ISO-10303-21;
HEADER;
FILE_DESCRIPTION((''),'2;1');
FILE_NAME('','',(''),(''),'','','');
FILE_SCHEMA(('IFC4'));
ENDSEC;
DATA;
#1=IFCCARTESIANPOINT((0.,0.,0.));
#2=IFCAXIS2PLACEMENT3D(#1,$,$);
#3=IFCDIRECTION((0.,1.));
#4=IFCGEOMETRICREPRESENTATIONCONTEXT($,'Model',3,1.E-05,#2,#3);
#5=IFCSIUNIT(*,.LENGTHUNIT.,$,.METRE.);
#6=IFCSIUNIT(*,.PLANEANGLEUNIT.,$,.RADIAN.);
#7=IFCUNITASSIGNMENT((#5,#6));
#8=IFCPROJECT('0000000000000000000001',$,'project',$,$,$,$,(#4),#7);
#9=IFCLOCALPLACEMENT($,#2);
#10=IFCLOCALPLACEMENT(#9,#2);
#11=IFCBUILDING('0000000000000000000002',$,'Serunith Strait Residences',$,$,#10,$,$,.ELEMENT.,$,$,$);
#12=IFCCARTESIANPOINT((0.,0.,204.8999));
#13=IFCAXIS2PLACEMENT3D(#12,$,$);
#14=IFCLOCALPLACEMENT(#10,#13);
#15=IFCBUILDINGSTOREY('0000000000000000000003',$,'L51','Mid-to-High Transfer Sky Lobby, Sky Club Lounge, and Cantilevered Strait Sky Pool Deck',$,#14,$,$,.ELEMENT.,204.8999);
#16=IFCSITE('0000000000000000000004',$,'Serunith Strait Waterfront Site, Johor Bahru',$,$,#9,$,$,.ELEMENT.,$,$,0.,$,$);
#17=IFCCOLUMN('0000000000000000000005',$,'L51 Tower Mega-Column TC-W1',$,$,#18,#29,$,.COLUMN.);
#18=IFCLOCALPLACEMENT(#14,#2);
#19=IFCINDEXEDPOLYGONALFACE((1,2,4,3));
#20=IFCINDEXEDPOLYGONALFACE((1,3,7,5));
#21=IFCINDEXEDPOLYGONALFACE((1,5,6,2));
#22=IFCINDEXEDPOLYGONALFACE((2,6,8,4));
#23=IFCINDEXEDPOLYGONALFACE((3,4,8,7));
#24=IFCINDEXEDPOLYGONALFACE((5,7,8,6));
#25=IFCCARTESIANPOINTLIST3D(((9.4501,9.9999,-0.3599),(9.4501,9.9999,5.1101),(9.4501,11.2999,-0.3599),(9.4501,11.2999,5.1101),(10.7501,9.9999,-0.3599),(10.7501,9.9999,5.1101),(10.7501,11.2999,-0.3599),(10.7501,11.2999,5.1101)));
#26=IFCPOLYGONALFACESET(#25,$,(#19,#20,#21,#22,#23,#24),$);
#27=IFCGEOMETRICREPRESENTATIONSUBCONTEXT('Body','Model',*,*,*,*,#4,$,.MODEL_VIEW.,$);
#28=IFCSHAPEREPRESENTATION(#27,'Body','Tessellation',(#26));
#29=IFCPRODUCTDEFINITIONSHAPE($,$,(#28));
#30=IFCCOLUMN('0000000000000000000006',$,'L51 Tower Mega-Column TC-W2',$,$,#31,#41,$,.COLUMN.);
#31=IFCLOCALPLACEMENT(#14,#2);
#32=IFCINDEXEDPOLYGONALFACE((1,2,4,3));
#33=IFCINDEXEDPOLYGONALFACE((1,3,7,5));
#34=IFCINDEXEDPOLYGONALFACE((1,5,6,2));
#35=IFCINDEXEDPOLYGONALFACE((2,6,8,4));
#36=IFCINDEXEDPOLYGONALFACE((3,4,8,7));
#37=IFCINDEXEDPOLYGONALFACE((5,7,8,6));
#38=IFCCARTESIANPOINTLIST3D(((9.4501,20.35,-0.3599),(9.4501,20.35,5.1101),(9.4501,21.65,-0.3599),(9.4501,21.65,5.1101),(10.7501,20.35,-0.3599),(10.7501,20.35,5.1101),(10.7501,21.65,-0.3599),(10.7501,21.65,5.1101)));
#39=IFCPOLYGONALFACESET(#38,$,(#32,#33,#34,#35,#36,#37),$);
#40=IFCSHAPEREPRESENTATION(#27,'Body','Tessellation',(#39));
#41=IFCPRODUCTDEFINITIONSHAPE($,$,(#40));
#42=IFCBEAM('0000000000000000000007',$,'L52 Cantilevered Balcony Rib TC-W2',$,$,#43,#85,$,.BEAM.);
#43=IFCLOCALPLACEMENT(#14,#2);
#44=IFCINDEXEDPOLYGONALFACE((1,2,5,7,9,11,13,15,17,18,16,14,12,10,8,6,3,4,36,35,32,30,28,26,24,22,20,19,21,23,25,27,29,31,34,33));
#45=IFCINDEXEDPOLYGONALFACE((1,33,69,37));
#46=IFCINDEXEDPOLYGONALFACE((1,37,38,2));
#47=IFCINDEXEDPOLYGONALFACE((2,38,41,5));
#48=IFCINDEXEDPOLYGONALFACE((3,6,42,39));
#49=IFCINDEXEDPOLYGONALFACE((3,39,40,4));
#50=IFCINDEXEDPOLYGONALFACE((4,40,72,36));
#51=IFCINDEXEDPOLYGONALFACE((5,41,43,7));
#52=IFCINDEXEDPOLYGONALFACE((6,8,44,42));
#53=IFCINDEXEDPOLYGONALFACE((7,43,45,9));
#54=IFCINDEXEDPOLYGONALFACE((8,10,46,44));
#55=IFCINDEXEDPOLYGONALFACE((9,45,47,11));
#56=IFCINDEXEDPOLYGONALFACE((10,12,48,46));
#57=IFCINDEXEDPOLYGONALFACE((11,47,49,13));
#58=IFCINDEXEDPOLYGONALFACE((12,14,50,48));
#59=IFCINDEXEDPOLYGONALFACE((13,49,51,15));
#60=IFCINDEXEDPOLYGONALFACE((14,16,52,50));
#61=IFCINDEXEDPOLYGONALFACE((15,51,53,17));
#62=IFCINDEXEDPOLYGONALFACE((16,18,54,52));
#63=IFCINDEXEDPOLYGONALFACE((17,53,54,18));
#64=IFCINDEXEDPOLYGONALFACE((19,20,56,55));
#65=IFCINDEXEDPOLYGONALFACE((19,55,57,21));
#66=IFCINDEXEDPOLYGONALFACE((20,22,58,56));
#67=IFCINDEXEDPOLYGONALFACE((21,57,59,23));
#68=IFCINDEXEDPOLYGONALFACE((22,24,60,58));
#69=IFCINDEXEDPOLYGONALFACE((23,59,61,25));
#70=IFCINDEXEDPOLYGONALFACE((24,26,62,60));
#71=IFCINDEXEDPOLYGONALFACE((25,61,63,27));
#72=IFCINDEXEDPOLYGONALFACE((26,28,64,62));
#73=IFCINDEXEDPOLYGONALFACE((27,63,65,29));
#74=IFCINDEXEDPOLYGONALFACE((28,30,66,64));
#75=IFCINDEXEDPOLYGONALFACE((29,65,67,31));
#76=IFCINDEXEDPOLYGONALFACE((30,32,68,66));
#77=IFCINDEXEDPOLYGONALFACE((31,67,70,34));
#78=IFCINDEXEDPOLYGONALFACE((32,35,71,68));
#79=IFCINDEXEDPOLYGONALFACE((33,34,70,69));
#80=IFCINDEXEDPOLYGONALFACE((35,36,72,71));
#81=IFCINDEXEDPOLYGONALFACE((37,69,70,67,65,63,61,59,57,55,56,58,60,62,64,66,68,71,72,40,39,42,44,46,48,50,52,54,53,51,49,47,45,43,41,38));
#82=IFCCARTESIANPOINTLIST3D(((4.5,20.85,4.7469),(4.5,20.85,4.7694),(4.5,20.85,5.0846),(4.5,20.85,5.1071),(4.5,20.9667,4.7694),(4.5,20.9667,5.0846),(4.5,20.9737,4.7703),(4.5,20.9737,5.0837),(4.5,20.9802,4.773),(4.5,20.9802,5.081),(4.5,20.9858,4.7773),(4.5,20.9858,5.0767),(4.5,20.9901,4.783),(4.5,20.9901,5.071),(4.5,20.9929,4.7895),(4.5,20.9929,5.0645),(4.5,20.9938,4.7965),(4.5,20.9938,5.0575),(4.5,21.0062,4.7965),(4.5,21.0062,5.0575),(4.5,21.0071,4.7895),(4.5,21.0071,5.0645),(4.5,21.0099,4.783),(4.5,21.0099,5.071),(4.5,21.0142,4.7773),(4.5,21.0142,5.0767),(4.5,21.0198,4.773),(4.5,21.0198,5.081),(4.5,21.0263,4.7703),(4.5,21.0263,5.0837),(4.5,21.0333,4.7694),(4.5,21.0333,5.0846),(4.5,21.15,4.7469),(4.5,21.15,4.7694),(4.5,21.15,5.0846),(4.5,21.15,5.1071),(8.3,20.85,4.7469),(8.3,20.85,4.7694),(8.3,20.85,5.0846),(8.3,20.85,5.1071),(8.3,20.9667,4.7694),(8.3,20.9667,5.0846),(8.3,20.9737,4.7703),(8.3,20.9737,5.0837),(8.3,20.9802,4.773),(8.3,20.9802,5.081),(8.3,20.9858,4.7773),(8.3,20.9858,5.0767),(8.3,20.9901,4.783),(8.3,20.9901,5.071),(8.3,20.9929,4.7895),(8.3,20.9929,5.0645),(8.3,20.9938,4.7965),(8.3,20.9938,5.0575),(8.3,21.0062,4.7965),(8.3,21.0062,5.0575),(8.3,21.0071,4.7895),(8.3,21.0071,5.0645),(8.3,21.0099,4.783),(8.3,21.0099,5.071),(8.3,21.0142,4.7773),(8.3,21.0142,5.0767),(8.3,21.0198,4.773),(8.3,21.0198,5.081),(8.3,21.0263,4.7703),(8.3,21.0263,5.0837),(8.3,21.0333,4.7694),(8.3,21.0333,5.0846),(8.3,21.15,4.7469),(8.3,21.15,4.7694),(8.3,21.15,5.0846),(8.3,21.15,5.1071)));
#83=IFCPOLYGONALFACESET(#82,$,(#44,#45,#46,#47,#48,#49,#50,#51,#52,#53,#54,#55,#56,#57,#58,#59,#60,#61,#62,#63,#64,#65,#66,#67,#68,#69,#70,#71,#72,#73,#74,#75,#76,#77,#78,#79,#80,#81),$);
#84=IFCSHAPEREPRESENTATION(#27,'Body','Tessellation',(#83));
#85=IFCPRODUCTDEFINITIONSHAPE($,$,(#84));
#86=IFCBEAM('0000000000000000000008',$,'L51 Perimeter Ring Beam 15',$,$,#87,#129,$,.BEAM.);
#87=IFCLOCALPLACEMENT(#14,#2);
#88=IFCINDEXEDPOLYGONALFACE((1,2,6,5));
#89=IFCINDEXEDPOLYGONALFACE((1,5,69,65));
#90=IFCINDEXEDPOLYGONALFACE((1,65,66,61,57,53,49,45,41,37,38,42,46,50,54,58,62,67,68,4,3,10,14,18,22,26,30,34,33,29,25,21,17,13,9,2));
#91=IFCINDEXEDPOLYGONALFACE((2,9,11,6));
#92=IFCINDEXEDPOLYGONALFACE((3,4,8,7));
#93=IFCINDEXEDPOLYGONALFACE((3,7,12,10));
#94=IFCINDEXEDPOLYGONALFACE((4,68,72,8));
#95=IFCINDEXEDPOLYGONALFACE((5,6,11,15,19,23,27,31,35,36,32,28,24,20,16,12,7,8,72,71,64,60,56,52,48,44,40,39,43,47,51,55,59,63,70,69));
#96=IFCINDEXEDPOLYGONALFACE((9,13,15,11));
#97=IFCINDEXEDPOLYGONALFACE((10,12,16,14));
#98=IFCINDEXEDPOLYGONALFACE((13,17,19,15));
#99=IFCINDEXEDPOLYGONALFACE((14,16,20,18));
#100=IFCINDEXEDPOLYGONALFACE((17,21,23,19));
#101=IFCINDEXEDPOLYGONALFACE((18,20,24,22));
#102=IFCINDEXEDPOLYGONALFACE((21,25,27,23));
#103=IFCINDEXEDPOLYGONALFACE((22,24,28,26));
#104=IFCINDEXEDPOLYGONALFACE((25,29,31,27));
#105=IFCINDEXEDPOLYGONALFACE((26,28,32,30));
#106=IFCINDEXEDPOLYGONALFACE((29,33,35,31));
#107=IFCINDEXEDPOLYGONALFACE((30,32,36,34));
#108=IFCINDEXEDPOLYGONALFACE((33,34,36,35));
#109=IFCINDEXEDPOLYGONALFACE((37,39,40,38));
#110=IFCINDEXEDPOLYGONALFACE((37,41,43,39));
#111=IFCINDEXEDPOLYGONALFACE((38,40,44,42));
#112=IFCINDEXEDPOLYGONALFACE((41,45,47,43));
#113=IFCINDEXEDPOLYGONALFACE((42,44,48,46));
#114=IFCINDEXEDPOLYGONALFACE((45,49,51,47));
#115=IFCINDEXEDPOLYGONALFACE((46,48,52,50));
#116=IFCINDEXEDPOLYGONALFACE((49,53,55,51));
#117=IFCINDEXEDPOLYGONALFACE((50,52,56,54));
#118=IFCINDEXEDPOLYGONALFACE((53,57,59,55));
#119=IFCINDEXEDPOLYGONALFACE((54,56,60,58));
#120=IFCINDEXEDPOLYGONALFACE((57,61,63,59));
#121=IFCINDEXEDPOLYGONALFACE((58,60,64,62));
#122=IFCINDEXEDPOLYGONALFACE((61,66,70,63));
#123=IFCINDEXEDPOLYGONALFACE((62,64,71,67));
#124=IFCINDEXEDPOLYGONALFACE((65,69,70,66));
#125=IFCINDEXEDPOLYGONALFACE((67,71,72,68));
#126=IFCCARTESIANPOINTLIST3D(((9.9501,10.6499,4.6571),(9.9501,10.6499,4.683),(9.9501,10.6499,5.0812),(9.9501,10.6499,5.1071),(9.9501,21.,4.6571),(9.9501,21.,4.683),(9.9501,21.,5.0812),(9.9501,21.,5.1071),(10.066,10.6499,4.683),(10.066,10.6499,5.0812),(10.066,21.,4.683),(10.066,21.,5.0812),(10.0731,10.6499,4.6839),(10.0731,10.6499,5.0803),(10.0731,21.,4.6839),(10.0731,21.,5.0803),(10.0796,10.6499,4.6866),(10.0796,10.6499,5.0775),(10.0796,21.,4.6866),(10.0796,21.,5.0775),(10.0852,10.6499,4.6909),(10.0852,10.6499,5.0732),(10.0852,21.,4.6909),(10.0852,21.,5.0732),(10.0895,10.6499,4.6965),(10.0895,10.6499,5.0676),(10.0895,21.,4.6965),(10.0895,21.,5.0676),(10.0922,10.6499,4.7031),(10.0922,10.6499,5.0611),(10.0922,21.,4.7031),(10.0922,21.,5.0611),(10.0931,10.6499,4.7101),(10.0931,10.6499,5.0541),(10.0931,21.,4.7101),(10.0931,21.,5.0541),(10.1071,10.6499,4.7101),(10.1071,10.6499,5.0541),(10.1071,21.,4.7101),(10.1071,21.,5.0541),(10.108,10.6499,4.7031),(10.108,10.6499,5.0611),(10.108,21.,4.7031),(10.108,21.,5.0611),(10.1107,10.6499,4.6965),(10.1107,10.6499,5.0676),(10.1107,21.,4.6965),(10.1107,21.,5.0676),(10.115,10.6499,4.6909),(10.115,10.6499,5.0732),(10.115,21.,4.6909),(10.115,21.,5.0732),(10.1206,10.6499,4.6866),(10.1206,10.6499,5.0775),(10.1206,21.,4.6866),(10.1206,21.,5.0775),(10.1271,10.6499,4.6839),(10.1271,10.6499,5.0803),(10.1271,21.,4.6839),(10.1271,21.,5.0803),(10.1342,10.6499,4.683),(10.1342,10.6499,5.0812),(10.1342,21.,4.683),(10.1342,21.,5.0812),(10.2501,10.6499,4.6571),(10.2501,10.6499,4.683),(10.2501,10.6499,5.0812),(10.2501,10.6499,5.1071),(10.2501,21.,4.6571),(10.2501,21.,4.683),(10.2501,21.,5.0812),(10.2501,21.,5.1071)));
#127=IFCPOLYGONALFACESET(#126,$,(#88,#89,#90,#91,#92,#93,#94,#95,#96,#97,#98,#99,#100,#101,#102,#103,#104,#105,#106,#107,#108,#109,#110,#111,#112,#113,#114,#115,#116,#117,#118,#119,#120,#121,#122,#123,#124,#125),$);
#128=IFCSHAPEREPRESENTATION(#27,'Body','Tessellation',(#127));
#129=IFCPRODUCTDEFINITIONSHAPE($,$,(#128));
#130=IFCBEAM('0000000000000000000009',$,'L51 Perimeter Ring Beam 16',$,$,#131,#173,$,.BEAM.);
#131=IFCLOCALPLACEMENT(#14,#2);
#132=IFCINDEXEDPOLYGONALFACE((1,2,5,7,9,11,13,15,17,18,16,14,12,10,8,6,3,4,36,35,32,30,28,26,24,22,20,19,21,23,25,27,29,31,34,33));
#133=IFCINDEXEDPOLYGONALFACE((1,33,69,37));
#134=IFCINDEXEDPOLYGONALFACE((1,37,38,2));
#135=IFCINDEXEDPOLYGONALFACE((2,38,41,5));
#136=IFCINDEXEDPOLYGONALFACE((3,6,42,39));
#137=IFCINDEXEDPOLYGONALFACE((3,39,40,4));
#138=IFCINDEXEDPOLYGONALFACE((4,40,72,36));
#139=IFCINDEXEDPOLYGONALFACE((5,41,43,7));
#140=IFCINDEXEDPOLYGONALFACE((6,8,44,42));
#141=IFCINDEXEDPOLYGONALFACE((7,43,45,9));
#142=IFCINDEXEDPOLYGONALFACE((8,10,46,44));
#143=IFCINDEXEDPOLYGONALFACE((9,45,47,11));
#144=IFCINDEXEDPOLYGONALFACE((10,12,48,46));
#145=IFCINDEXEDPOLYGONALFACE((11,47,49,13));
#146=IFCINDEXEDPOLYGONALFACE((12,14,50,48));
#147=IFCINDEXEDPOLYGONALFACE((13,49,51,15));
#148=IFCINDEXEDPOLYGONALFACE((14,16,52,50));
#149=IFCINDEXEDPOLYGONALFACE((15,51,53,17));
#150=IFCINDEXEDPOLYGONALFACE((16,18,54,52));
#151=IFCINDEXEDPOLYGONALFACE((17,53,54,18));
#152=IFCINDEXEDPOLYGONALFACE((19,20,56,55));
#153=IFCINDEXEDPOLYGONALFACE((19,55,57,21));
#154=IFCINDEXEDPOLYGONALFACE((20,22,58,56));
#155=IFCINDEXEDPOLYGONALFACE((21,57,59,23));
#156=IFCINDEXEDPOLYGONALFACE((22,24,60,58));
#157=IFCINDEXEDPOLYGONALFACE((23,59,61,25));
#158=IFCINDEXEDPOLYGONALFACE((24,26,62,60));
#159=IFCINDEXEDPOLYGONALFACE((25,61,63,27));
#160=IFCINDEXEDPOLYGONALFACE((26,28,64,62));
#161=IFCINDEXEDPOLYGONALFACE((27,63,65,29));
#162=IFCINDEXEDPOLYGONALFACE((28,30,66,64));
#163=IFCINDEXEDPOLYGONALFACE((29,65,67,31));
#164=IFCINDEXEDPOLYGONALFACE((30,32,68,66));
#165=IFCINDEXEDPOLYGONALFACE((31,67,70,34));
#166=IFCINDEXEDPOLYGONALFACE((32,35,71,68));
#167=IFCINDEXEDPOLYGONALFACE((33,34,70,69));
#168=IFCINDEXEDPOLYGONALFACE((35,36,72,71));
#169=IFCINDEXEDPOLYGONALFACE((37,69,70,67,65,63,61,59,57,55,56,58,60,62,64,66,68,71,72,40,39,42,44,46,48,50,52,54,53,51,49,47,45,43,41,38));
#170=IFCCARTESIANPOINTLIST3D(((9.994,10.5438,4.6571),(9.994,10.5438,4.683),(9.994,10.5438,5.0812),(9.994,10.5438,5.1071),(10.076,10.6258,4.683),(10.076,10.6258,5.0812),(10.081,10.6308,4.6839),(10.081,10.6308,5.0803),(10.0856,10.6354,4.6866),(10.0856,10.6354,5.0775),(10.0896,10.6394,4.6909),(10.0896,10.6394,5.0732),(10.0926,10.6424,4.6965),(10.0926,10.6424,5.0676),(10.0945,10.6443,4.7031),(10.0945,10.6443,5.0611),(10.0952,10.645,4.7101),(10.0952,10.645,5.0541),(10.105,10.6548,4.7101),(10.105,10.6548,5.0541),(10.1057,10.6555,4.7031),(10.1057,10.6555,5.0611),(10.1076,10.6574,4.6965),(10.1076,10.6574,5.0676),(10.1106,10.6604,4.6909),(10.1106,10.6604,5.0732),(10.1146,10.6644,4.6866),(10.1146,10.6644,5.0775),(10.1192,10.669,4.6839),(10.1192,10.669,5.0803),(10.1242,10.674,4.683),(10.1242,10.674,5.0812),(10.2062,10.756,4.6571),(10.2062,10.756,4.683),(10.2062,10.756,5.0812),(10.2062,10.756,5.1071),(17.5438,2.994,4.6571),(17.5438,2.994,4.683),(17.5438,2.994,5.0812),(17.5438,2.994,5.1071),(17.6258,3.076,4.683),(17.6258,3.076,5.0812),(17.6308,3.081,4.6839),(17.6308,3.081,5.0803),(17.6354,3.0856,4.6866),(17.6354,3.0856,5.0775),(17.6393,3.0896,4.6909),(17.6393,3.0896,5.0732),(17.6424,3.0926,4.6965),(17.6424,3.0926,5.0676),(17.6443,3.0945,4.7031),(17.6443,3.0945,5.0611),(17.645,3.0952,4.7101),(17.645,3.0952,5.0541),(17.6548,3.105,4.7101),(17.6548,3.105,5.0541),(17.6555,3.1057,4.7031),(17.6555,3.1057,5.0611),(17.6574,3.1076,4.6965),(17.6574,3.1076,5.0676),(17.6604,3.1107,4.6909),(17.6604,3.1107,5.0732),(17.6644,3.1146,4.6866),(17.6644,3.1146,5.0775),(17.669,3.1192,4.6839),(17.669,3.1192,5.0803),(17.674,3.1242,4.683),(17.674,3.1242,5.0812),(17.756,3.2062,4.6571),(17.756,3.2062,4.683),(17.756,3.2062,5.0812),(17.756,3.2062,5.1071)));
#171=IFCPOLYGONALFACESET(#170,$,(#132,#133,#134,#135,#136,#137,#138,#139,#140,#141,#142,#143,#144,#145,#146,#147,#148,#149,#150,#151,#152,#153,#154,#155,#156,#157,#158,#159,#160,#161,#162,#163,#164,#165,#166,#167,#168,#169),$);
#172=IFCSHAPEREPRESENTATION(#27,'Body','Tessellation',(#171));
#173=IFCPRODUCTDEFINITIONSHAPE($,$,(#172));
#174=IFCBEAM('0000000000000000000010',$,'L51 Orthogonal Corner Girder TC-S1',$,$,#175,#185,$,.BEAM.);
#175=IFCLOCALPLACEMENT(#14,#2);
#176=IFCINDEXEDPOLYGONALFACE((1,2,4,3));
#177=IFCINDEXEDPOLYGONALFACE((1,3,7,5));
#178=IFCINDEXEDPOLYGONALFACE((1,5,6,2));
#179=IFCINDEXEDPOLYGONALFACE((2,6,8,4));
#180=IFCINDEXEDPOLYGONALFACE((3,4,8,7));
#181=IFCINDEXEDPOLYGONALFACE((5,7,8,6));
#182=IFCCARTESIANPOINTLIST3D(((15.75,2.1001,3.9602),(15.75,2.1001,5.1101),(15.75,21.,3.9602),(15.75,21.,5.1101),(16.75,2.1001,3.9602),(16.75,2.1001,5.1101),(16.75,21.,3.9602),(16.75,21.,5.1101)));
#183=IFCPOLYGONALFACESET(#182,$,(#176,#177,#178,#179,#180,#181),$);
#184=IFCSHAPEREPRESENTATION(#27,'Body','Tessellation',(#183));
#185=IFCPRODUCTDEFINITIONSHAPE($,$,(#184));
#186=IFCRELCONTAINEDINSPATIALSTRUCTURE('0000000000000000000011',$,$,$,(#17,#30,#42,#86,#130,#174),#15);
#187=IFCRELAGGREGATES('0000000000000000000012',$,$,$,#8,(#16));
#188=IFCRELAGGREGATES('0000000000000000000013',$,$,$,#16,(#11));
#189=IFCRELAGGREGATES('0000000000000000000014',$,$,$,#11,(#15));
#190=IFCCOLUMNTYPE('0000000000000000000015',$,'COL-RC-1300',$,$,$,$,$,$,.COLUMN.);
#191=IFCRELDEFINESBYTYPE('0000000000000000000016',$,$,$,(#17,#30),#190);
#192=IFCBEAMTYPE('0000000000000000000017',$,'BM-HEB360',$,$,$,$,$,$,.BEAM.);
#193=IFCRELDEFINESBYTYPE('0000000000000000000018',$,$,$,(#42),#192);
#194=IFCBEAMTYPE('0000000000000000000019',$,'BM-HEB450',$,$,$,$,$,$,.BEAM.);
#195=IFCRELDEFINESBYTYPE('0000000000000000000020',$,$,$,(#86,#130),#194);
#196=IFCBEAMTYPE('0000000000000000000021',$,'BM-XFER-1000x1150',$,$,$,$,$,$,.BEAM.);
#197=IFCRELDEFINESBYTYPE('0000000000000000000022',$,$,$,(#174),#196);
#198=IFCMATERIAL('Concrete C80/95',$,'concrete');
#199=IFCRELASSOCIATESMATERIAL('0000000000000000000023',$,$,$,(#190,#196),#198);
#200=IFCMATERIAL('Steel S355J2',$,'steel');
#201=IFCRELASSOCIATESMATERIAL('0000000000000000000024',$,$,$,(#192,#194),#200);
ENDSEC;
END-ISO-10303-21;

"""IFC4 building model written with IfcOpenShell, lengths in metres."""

from ifc_helpers import new_model, si_unit, direction, frame, origin, origin_2d, place, context, subcontext, project, spatial, rectangle, i_section, extrude, source, transform, mapped, material, material_profile, profile_set, type_object, element, save


model = new_model("IFC4")

# Units and contexts
model_context = context("Model", 3, precision=1e-05, world=origin(), true_north=direction((0.0, 1.0)))
body_context = subcontext(model_context, "Body", "Model", "MODEL_VIEW")
ifc_project = project(units=[si_unit("LENGTHUNIT", "METRE"), si_unit("PLANEANGLEUNIT", "RADIAN")], contexts=[model_context])

# Site, building, storey
site_placement = place(None, origin())
site = spatial("IfcSite", under=ifc_project, at=site_placement, Name="Serunith Strait Waterfront Site, Johor Bahru", CompositionType="ELEMENT", RefElevation=0.0)
building_placement = place(site_placement, origin())
building = spatial("IfcBuilding", under=site, at=building_placement, Name="Serunith Strait Residences", CompositionType="ELEMENT")
storey_placement = place(building_placement, frame((0.0, 0.0, 204.8999)))
storey = spatial("IfcBuildingStorey", under=building, at=storey_placement, Name="L51", Description="Mid-to-High Transfer Sky Lobby, Sky Club Lounge, and Cantilevered Strait Sky Pool Deck", CompositionType="ELEMENT", Elevation=204.8999)

# Columns
ifc_material_1 = material(Name="Concrete C80/95", Category="concrete")
ifc_material_profile_1 = material_profile(ifc_material_1, rectangle(XDim=1.3, YDim=1.3, at=origin_2d()), Name="RC 1300x1300")
ifc_profile_set_1 = profile_set([ifc_material_profile_1], Name="Concrete C80/95")
column_type = type_object("IfcColumnType", Name="COL-RC-1300", PredefinedType="COLUMN", material=ifc_profile_set_1)
shared_shape_1 = source(origin(), body_context, "Body", "SweptSolid", [
    extrude(rectangle(XDim=1.3, YDim=1.3, at=origin_2d()), origin(), (0.0, 0.0, 1.0), 5.47),
])
for number, where, z_axis, x_axis, name in (
    (1, (10.1001, 10.6499, -0.3599), (0.0, 0.0, 1.0), (1.0, 0.0, 0.0), "L51 Tower Mega-Column TC-W1"),
    (2, (10.1001, 21.0, -0.3599), (0.0, 0.0, 1.0), (1.0, 0.0, 0.0), "L51 Tower Mega-Column TC-W2"),
):
    element("IfcColumn", number, at=place(storey_placement, frame(where, z_axis=z_axis, x_axis=x_axis)), inside=storey, type_object=column_type, Name=name, PredefinedType="COLUMN", context=body_context, shape_type="MappedRepresentation", body=[
        mapped(shared_shape_1, transform((0.0, 0.0, 0.0), scale=1.0)),
    ])

# Beams
ifc_material_2 = material(Name="Steel S355J2", Category="steel")
ifc_material_profile_2 = material_profile(ifc_material_2, i_section(OverallWidth=0.3, OverallDepth=0.3601, WebThickness=0.0125, FlangeThickness=0.0225, FilletRadius=0.0271, at=origin_2d()), Name="HEB 360")
ifc_profile_set_2 = profile_set([ifc_material_profile_2], Name="Steel S355J2")
beam_type_1 = type_object("IfcBeamType", Name="BM-HEB360", PredefinedType="BEAM", material=ifc_profile_set_2)
shared_shape_2 = source(origin(), body_context, "Body", "SweptSolid", [
    extrude(i_section(OverallWidth=0.3, OverallDepth=0.3601, WebThickness=0.0125, FlangeThickness=0.0225, FilletRadius=0.0271, at=origin_2d()), origin(), (0.0, 0.0, 1.0), 3.8),
])
beam_1_placement = place(storey_placement, frame((8.3, 21.0, 4.927), z_axis=(-1.0, 0.0, 0.0), x_axis=(0.0, -1.0, 0.0)))
element("IfcBeam", 3, at=beam_1_placement, inside=storey, type_object=beam_type_1, Name="L52 Cantilevered Balcony Rib TC-W2", PredefinedType="BEAM", context=body_context, shape_type="MappedRepresentation", body=[
    mapped(shared_shape_2, transform((0.0, 0.0, 0.0), scale=1.0)),
])
ifc_material_profile_3 = material_profile(ifc_material_2, i_section(OverallWidth=0.3, OverallDepth=0.45, WebThickness=0.0139, FlangeThickness=0.0259, FilletRadius=0.0271, at=origin_2d()), Name="HEB 450")
ifc_profile_set_3 = profile_set([ifc_material_profile_3], Name="Steel S355J2")
beam_type_2 = type_object("IfcBeamType", Name="BM-HEB450", PredefinedType="BEAM", material=ifc_profile_set_3)
shared_shape_3 = source(origin(), body_context, "Body", "SweptSolid", [
    extrude(i_section(OverallWidth=0.3, OverallDepth=0.45, WebThickness=0.0139, FlangeThickness=0.0259, FilletRadius=0.0271, at=origin_2d()), origin(), (0.0, 0.0, 1.0), 10.3501),
])
beam_2_placement = place(storey_placement, frame((10.1001, 21.0, 4.8821), z_axis=(0.0, -1.0, 0.0), x_axis=(1.0, 0.0, 0.0)))
element("IfcBeam", 4, at=beam_2_placement, inside=storey, type_object=beam_type_2, Name="L51 Perimeter Ring Beam 15", PredefinedType="BEAM", context=body_context, shape_type="MappedRepresentation", body=[
    mapped(shared_shape_3, transform((0.0, 0.0, 0.0), scale=1.0)),
])
shared_shape_4 = source(origin(), body_context, "Body", "SweptSolid", [
    extrude(i_section(OverallWidth=0.3, OverallDepth=0.45, WebThickness=0.0139, FlangeThickness=0.0259, FilletRadius=0.0271, at=origin_2d()), origin(), (0.0, 0.0, 1.0), 10.677),
])
beam_3_placement = place(storey_placement, frame((10.1001, 10.6499, 4.8821), z_axis=(0.707107, -0.707107, 0.0), x_axis=(0.707107, 0.707107, 0.0)))
element("IfcBeam", 5, at=beam_3_placement, inside=storey, type_object=beam_type_2, Name="L51 Perimeter Ring Beam 16", PredefinedType="BEAM", context=body_context, shape_type="MappedRepresentation", body=[
    mapped(shared_shape_4, transform((0.0, 0.0, 0.0), scale=1.0)),
])
ifc_material_profile_4 = material_profile(ifc_material_1, rectangle(XDim=1.0, YDim=1.1499, at=origin_2d()), Name="RC 1000x1150")
ifc_profile_set_4 = profile_set([ifc_material_profile_4], Name="Concrete C80/95")
beam_type_3 = type_object("IfcBeamType", Name="BM-XFER-1000x1150", PredefinedType="BEAM", material=ifc_profile_set_4)
shared_shape_5 = source(origin(), body_context, "Body", "SweptSolid", [
    extrude(rectangle(XDim=1.0, YDim=1.1499, at=origin_2d()), origin(), (0.0, 0.0, 1.0), 18.8999),
])
beam_4_placement = place(storey_placement, frame((16.25, 21.0, 4.5352), z_axis=(0.0, -1.0, 0.0), x_axis=(1.0, 0.0, 0.0)))
element("IfcBeam", 6, at=beam_4_placement, inside=storey, type_object=beam_type_3, Name="L51 Orthogonal Corner Girder TC-S1", PredefinedType="BEAM", context=body_context, shape_type="MappedRepresentation", body=[
    mapped(shared_shape_5, transform((0.0, 0.0, 0.0), scale=1.0)),
])

save(model, "model.ifc")
